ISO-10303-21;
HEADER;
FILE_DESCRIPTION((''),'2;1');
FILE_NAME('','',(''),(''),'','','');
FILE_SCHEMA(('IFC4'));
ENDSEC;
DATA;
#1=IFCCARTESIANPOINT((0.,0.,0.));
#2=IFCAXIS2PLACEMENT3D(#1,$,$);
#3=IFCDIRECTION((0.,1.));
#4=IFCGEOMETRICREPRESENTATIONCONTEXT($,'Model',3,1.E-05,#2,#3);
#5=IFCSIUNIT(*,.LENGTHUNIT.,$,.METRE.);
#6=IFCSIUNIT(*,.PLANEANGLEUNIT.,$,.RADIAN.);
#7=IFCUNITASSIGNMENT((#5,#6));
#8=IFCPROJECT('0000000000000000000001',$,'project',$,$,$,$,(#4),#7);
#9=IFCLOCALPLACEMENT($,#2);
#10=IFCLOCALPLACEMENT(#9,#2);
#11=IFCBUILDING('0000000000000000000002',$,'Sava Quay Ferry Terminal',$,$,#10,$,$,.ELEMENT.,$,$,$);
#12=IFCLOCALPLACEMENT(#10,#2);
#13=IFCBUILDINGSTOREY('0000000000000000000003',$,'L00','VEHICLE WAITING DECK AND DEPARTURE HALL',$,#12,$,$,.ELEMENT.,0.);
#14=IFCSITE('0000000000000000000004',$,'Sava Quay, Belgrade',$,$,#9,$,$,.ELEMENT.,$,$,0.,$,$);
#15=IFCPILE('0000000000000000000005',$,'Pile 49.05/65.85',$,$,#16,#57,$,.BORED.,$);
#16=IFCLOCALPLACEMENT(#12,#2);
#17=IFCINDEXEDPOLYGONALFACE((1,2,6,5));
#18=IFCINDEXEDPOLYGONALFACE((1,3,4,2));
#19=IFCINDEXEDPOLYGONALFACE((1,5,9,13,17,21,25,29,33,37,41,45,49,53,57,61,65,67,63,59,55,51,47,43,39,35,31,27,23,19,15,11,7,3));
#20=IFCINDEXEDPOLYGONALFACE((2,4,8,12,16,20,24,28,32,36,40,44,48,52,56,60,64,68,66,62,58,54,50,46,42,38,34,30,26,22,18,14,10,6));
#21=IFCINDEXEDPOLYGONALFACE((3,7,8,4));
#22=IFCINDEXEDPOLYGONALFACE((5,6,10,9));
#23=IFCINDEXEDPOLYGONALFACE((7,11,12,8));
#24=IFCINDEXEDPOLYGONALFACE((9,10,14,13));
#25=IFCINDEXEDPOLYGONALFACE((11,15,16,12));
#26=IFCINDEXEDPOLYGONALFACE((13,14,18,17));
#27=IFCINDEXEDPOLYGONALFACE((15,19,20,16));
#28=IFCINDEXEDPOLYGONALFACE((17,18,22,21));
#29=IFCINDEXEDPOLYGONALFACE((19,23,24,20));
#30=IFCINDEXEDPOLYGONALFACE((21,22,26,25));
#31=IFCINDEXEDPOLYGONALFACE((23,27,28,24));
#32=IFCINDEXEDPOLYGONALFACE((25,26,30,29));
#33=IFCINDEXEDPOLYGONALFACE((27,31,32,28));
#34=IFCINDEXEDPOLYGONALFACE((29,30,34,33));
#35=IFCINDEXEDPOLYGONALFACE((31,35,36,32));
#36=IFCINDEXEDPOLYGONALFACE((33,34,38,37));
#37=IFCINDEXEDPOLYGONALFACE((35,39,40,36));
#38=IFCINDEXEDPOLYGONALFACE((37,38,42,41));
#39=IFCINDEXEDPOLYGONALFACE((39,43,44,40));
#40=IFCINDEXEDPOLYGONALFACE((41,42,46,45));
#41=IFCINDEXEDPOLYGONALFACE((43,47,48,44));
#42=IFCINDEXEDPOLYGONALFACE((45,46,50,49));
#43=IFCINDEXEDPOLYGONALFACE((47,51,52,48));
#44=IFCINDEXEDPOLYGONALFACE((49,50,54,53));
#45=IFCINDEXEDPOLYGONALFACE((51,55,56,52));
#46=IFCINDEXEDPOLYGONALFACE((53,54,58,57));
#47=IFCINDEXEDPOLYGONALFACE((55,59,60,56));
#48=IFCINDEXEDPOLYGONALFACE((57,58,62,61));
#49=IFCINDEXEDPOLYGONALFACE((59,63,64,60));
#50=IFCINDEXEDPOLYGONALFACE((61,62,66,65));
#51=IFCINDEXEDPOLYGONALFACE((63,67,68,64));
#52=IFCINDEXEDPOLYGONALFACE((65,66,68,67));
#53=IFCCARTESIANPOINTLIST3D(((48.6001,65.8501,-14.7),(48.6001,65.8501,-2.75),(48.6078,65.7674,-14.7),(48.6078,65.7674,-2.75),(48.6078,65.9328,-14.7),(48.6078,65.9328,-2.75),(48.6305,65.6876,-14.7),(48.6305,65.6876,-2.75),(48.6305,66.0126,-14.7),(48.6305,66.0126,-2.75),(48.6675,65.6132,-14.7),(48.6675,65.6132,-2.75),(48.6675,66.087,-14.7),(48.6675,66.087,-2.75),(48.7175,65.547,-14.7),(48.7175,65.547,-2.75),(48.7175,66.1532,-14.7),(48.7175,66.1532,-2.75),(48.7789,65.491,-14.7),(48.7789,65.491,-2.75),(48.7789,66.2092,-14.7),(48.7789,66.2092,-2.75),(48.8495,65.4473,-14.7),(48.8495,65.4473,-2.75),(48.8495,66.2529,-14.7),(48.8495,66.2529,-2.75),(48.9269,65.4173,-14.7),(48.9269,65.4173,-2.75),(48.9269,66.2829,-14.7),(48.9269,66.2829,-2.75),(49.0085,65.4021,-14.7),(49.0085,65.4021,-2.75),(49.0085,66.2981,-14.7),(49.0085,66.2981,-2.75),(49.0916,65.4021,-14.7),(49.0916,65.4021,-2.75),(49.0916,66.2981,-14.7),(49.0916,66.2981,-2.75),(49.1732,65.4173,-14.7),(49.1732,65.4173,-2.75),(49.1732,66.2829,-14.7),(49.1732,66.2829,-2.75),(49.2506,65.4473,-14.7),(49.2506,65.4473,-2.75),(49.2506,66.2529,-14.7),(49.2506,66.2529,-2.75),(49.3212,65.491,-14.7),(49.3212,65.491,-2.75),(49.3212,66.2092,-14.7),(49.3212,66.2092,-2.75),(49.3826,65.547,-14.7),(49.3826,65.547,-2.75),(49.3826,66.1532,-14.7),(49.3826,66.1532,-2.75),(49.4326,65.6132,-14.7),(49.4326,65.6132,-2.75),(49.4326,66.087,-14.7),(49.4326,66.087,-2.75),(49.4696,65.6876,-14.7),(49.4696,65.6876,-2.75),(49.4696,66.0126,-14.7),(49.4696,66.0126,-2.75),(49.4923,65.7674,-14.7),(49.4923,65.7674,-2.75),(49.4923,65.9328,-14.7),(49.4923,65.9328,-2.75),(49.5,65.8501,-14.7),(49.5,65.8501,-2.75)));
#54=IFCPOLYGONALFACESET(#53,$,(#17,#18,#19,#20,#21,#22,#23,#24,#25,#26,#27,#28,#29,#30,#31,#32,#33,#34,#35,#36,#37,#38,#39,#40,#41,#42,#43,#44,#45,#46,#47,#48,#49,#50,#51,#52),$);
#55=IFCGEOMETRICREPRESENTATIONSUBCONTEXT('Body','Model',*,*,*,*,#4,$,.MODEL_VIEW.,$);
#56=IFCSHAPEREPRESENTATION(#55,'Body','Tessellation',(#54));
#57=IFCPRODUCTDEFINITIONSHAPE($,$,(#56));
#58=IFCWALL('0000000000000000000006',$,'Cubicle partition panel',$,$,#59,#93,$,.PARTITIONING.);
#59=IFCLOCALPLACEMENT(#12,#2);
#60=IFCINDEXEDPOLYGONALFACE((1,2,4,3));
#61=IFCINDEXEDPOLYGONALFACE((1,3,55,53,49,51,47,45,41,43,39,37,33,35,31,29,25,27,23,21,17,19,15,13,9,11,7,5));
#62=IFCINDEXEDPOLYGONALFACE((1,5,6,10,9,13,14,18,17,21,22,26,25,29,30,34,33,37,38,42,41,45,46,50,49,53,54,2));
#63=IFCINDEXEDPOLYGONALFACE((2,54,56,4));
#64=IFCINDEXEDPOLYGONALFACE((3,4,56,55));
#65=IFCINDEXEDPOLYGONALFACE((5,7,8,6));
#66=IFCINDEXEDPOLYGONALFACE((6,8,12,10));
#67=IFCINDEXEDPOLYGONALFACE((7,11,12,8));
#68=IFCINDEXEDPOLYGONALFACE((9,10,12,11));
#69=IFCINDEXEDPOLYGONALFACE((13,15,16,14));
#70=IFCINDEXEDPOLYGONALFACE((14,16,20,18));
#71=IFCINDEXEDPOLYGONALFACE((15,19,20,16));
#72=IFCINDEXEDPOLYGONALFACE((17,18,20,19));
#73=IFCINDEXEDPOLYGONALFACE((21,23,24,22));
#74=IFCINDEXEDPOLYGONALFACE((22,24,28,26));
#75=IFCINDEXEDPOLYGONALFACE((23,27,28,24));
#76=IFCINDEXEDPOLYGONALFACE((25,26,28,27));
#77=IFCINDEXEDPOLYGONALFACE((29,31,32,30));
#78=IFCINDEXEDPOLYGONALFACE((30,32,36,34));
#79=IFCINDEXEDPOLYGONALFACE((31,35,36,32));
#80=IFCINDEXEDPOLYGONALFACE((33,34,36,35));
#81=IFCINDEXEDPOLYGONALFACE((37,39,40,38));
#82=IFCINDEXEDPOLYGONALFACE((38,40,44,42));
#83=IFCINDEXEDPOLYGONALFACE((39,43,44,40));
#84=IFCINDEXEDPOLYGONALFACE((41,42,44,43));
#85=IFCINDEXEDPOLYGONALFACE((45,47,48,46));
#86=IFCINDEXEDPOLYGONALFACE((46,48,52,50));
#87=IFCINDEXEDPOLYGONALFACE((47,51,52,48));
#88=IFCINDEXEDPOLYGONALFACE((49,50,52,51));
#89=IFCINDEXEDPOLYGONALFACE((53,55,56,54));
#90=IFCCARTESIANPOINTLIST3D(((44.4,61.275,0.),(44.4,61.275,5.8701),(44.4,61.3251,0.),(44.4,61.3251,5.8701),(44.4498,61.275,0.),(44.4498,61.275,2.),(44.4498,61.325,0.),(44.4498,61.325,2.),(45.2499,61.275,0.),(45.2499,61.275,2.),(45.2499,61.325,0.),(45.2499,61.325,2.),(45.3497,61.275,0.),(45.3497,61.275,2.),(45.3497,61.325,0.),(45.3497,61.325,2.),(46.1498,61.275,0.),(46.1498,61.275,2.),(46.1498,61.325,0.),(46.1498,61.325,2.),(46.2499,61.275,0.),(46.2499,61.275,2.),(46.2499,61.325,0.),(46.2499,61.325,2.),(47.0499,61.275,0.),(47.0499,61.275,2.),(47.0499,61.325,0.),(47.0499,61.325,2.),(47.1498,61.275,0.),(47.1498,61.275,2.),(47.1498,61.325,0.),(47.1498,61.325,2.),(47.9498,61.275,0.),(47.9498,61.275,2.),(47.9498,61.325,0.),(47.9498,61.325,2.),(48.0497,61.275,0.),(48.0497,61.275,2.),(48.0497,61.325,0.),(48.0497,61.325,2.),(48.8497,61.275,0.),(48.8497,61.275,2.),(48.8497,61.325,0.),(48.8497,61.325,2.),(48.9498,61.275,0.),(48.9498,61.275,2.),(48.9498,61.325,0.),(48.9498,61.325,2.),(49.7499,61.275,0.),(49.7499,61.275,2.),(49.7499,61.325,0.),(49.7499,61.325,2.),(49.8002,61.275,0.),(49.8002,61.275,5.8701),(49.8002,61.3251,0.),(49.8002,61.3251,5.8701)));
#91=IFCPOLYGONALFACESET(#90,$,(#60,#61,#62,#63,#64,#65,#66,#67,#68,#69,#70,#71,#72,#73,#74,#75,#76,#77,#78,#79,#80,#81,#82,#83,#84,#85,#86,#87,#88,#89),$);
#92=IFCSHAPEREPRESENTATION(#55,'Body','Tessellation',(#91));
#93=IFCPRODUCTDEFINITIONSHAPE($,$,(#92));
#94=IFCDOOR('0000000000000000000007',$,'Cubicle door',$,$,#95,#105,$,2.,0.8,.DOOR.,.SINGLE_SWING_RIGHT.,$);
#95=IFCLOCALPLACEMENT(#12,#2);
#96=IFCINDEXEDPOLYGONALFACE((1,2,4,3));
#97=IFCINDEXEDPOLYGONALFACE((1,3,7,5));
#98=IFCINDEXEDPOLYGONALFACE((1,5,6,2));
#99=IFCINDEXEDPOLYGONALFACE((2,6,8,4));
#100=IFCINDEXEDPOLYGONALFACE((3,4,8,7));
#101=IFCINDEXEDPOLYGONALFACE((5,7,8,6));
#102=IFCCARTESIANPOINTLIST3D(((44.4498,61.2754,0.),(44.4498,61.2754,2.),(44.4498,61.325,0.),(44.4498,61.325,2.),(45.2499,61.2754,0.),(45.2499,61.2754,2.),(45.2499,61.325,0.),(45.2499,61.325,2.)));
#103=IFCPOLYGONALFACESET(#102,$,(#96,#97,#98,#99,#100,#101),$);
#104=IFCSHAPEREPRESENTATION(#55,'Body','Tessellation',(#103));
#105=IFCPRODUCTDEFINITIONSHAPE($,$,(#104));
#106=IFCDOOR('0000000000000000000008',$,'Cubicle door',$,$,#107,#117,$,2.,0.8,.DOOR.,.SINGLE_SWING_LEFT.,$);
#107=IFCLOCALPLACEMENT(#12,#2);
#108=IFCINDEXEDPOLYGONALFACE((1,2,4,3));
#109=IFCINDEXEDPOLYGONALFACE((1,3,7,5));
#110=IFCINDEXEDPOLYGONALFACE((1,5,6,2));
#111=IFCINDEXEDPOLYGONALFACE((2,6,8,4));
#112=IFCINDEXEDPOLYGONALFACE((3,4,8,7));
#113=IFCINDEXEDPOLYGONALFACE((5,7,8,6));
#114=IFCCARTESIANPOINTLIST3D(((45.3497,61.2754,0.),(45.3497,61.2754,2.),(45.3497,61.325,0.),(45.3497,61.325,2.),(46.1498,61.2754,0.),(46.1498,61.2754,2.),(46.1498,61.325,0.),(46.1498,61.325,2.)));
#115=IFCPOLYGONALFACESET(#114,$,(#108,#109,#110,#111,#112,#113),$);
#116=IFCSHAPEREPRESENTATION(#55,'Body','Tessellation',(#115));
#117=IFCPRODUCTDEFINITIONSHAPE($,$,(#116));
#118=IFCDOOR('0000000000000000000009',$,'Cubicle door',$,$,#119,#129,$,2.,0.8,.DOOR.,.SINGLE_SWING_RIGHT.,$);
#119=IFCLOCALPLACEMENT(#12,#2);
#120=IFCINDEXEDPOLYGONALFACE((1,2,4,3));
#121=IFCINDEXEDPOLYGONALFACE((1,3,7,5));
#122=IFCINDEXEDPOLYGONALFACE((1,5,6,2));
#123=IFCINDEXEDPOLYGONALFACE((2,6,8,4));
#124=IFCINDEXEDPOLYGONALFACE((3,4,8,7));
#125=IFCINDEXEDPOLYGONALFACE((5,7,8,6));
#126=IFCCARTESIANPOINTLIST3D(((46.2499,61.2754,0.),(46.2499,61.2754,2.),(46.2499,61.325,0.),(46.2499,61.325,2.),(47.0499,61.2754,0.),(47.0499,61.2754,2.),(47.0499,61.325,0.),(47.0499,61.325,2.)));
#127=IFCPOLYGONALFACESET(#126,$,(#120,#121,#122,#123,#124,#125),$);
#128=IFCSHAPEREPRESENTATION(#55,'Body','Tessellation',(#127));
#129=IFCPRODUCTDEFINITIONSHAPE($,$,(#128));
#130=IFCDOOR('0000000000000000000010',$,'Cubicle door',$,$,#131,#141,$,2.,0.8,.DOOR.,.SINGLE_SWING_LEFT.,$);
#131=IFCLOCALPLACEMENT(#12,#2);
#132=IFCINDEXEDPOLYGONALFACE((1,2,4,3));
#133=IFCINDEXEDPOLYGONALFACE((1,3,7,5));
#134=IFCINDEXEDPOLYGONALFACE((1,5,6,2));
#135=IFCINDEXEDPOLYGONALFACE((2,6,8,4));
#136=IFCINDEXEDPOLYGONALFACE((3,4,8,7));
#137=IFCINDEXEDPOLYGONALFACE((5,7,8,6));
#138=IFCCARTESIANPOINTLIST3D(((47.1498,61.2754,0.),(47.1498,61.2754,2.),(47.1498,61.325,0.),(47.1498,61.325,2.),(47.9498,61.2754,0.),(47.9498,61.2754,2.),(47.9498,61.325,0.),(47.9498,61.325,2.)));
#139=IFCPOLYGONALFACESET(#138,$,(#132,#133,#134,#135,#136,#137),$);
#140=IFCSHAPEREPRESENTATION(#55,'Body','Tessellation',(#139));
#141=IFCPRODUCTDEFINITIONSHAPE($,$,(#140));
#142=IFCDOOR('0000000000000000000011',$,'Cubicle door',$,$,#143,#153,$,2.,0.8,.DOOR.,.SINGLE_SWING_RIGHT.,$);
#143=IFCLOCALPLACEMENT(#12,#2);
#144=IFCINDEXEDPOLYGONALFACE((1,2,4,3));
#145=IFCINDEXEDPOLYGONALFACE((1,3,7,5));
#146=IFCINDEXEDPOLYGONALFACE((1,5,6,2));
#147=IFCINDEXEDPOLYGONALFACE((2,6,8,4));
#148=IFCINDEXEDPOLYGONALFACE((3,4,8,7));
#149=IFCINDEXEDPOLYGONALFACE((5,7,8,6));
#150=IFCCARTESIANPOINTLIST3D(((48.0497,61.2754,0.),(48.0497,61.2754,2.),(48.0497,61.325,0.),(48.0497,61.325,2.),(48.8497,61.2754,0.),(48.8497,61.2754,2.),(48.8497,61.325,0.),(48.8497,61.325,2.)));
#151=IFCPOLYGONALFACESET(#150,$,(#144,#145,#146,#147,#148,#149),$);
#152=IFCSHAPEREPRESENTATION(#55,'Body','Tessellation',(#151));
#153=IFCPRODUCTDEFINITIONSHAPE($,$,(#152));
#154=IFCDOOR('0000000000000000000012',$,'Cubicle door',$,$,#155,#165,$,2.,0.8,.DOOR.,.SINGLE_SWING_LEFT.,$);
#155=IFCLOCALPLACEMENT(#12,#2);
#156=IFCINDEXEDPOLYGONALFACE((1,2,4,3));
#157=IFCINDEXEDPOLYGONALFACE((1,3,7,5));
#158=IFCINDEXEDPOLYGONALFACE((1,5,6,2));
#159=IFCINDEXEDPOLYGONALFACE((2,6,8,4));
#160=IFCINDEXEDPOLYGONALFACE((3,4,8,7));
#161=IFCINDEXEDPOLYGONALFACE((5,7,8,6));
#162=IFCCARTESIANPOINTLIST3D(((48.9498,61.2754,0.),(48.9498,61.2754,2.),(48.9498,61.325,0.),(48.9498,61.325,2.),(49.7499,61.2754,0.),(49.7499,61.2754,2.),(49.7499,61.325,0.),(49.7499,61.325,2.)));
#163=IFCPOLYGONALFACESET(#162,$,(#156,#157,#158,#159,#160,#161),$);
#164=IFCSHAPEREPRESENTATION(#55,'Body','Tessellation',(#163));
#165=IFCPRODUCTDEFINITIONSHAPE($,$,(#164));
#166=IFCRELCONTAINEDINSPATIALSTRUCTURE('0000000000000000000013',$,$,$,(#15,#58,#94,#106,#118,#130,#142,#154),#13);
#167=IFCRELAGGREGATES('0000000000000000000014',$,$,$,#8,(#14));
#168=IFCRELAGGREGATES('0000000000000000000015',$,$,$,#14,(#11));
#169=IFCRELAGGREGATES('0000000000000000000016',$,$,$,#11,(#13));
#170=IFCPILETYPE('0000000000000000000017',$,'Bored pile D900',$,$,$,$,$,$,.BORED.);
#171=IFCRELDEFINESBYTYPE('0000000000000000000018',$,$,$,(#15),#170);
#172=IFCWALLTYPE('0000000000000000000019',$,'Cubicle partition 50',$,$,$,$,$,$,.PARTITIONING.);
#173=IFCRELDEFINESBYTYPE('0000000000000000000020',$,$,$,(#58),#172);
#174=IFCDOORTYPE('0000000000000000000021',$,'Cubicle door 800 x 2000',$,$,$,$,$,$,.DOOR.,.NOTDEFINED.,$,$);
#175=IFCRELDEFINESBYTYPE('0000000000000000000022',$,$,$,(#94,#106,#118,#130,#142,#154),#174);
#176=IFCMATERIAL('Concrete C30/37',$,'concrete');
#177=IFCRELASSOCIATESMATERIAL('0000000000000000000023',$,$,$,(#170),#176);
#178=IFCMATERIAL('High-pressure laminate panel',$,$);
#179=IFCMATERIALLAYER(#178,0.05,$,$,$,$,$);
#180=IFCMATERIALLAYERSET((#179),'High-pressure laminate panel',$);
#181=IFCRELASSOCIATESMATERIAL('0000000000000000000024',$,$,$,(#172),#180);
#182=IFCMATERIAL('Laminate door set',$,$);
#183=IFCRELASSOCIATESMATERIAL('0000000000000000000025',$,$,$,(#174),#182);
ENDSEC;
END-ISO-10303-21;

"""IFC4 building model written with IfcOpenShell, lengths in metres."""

from ifc_helpers import new_model, si_unit, direction, frame, frame_2d, origin, origin_2d, place, context, subcontext, project, spatial, rectangle, circle, extrude, material, layer, layer_set, material_profile, profile_set, type_object, element, fill, save


model = new_model("IFC4")

# Units and contexts
model_context = context("Model", 3, precision=1e-05, world=origin(), true_north=direction((0.0, 1.0)))
body_context = subcontext(model_context, "Body", "Model", "MODEL_VIEW")
ifc_project = project(units=[si_unit("LENGTHUNIT", "METRE"), si_unit("PLANEANGLEUNIT", "RADIAN")], contexts=[model_context])

# Site, building, storey
site_placement = place(None, origin())
site = spatial("IfcSite", under=ifc_project, at=site_placement, Name="Sava Quay, Belgrade", CompositionType="ELEMENT", RefElevation=0.0)
building_placement = place(site_placement, origin())
building = spatial("IfcBuilding", under=site, at=building_placement, Name="Sava Quay Ferry Terminal", CompositionType="ELEMENT")
storey_placement = place(building_placement, origin())
storey = spatial("IfcBuildingStorey", under=building, at=storey_placement, Name="L00", Description="VEHICLE WAITING DECK AND DEPARTURE HALL", CompositionType="ELEMENT", Elevation=0.0)

# Pile
ifc_material_1 = material(Name="Concrete C30/37", Category="concrete")
ifc_material_profile = material_profile(ifc_material_1, circle(Radius=0.45, at=origin_2d()), Name="Bored pile D900")
ifc_profile_set = profile_set([ifc_material_profile], Name="Concrete C30/37")
pile_type = type_object("IfcPileType", Name="Bored pile D900", PredefinedType="BORED", material=ifc_profile_set)
pile_placement = place(storey_placement, frame((49.05, 65.8501, -2.75), z_axis=(0.0, 0.0, -1.0), x_axis=(1.0, 0.0, 0.0)))
element("IfcPile", 1, at=pile_placement, inside=storey, type_object=pile_type, Name="Pile 49.05/65.85", PredefinedType="BORED", context=body_context, shape_type="SweptSolid", body=[
    extrude(circle(Radius=0.45, at=origin_2d()), origin(), (0.0, 0.0, 1.0), 11.95),
])

# Wall, openings, doors
ifc_material_2 = material(Name="High-pressure laminate panel")
ifc_layer_1 = layer(ifc_material_2, 0.05)
ifc_layer_set_1 = layer_set([ifc_layer_1], Name="High-pressure laminate panel")
wall_type_1 = type_object("IfcWallType", Name="Cubicle partition 50", PredefinedType="PARTITIONING", material=ifc_layer_set_1)
wall_1_placement = place(storey_placement, frame((44.3999, 61.3, 0.0), z_axis=(0.0, 0.0, 1.0), x_axis=(1.0, 0.0, 0.0)))
wall_1 = element("IfcWall", 2, at=wall_1_placement, inside=storey, type_object=wall_type_1, Name="Cubicle partition panel", PredefinedType="PARTITIONING", context=body_context, shape_type="SweptSolid", body=[
    extrude(rectangle(XDim=5.4001, YDim=0.05, at=frame_2d((2.7002, 0.0))), origin(), (0.0, 0.0, 1.0), 5.8701),
])
opening_1_placement = place(wall_1_placement, frame((0.05, 0.0, 0.0)))
opening_1 = element("IfcOpeningElement", 3, at=opening_1_placement, cuts=wall_1, PredefinedType="OPENING", context=body_context, shape_type="SweptSolid", body=[
    extrude(rectangle(XDim=0.8, YDim=2.0, at=frame_2d((0.3999, 1.0))), frame((0.0, 0.0249, 0.0), z_axis=(0.0, -1.0, 0.0), x_axis=(1.0, 0.0, 0.0)), (0.0, 0.0, 1.0), 0.05),
])
opening_2_placement = place(wall_1_placement, frame((0.95, 0.0, 0.0)))
opening_2 = element("IfcOpeningElement", 4, at=opening_2_placement, cuts=wall_1, PredefinedType="OPENING", context=body_context, shape_type="SweptSolid", body=[
    extrude(rectangle(XDim=0.8, YDim=2.0, at=frame_2d((0.3999, 1.0))), frame((0.0, 0.0249, 0.0), z_axis=(0.0, -1.0, 0.0), x_axis=(1.0, 0.0, 0.0)), (0.0, 0.0, 1.0), 0.05),
])
opening_3_placement = place(wall_1_placement, frame((1.8501, 0.0, 0.0)))
opening_3 = element("IfcOpeningElement", 5, at=opening_3_placement, cuts=wall_1, PredefinedType="OPENING", context=body_context, shape_type="SweptSolid", body=[
    extrude(rectangle(XDim=0.8, YDim=2.0, at=frame_2d((0.3999, 1.0))), frame((0.0, 0.0249, 0.0), z_axis=(0.0, -1.0, 0.0), x_axis=(1.0, 0.0, 0.0)), (0.0, 0.0, 1.0), 0.05),
])
opening_4_placement = place(wall_1_placement, frame((2.75, 0.0, 0.0)))
opening_4 = element("IfcOpeningElement", 6, at=opening_4_placement, cuts=wall_1, PredefinedType="OPENING", context=body_context, shape_type="SweptSolid", body=[
    extrude(rectangle(XDim=0.8, YDim=2.0, at=frame_2d((0.3999, 1.0))), frame((0.0, 0.0249, 0.0), z_axis=(0.0, -1.0, 0.0), x_axis=(1.0, 0.0, 0.0)), (0.0, 0.0, 1.0), 0.05),
])
opening_5_placement = place(wall_1_placement, frame((3.6499, 0.0, 0.0)))
opening_5 = element("IfcOpeningElement", 7, at=opening_5_placement, cuts=wall_1, PredefinedType="OPENING", context=body_context, shape_type="SweptSolid", body=[
    extrude(rectangle(XDim=0.8, YDim=2.0, at=frame_2d((0.3999, 1.0))), frame((0.0, 0.0249, 0.0), z_axis=(0.0, -1.0, 0.0), x_axis=(1.0, 0.0, 0.0)), (0.0, 0.0, 1.0), 0.05),
])
opening_6_placement = place(wall_1_placement, frame((4.55, 0.0, 0.0)))
opening_6 = element("IfcOpeningElement", 8, at=opening_6_placement, cuts=wall_1, PredefinedType="OPENING", context=body_context, shape_type="SweptSolid", body=[
    extrude(rectangle(XDim=0.8, YDim=2.0, at=frame_2d((0.3999, 1.0))), frame((0.0, 0.0249, 0.0), z_axis=(0.0, -1.0, 0.0), x_axis=(1.0, 0.0, 0.0)), (0.0, 0.0, 1.0), 0.05),
])
ifc_material_3 = material(Name="Laminate door set")
door_type_1 = type_object("IfcDoorType", Name="Cubicle door 800 x 2000", OperationType="NOTDEFINED", PredefinedType="DOOR", material=ifc_material_3)
door_1_placement = place(opening_1_placement, origin())
door_1 = element("IfcDoor", 9, at=door_1_placement, inside=storey, type_object=door_type_1, Name="Cubicle door", OperationType="SINGLE_SWING_RIGHT", OverallHeight=2.0, OverallWidth=0.8, PredefinedType="DOOR", context=body_context, shape_type="SweptSolid", body=[
    extrude(rectangle(XDim=0.8, YDim=2.0, at=frame_2d((0.3999, 1.0))), frame((0.0, 0.0249, 0.0), z_axis=(0.0, -1.0, 0.0), x_axis=(1.0, 0.0, 0.0)), (0.0, 0.0, 1.0), 0.0496),
])
fill(opening_1, door_1)
door_2_placement = place(opening_2_placement, origin())
door_2 = element("IfcDoor", 10, at=door_2_placement, inside=storey, type_object=door_type_1, Name="Cubicle door", OperationType="SINGLE_SWING_LEFT", OverallHeight=2.0, OverallWidth=0.8, PredefinedType="DOOR", context=body_context, shape_type="SweptSolid", body=[
    extrude(rectangle(XDim=0.8, YDim=2.0, at=frame_2d((0.3999, 1.0))), frame((0.0, 0.0249, 0.0), z_axis=(0.0, -1.0, 0.0), x_axis=(1.0, 0.0, 0.0)), (0.0, 0.0, 1.0), 0.0496),
])
fill(opening_2, door_2)
door_3_placement = place(opening_3_placement, origin())
door_3 = element("IfcDoor", 11, at=door_3_placement, inside=storey, type_object=door_type_1, Name="Cubicle door", OperationType="SINGLE_SWING_RIGHT", OverallHeight=2.0, OverallWidth=0.8, PredefinedType="DOOR", context=body_context, shape_type="SweptSolid", body=[
    extrude(rectangle(XDim=0.8, YDim=2.0, at=frame_2d((0.3999, 1.0))), frame((0.0, 0.0249, 0.0), z_axis=(0.0, -1.0, 0.0), x_axis=(1.0, 0.0, 0.0)), (0.0, 0.0, 1.0), 0.0496),
])
fill(opening_3, door_3)
door_4_placement = place(opening_4_placement, origin())
door_4 = element("IfcDoor", 12, at=door_4_placement, inside=storey, type_object=door_type_1, Name="Cubicle door", OperationType="SINGLE_SWING_LEFT", OverallHeight=2.0, OverallWidth=0.8, PredefinedType="DOOR", context=body_context, shape_type="SweptSolid", body=[
    extrude(rectangle(XDim=0.8, YDim=2.0, at=frame_2d((0.3999, 1.0))), frame((0.0, 0.0249, 0.0), z_axis=(0.0, -1.0, 0.0), x_axis=(1.0, 0.0, 0.0)), (0.0, 0.0, 1.0), 0.0496),
])
fill(opening_4, door_4)
door_5_placement = place(opening_5_placement, origin())
door_5 = element("IfcDoor", 13, at=door_5_placement, inside=storey, type_object=door_type_1, Name="Cubicle door", OperationType="SINGLE_SWING_RIGHT", OverallHeight=2.0, OverallWidth=0.8, PredefinedType="DOOR", context=body_context, shape_type="SweptSolid", body=[
    extrude(rectangle(XDim=0.8, YDim=2.0, at=frame_2d((0.3999, 1.0))), frame((0.0, 0.0249, 0.0), z_axis=(0.0, -1.0, 0.0), x_axis=(1.0, 0.0, 0.0)), (0.0, 0.0, 1.0), 0.0496),
])
fill(opening_5, door_5)
door_6_placement = place(opening_6_placement, origin())
door_6 = element("IfcDoor", 14, at=door_6_placement, inside=storey, type_object=door_type_1, Name="Cubicle door", OperationType="SINGLE_SWING_LEFT", OverallHeight=2.0, OverallWidth=0.8, PredefinedType="DOOR", context=body_context, shape_type="SweptSolid", body=[
    extrude(rectangle(XDim=0.8, YDim=2.0, at=frame_2d((0.3999, 1.0))), frame((0.0, 0.0249, 0.0), z_axis=(0.0, -1.0, 0.0), x_axis=(1.0, 0.0, 0.0)), (0.0, 0.0, 1.0), 0.0496),
])
fill(opening_6, door_6)

save(model, "model.ifc")
